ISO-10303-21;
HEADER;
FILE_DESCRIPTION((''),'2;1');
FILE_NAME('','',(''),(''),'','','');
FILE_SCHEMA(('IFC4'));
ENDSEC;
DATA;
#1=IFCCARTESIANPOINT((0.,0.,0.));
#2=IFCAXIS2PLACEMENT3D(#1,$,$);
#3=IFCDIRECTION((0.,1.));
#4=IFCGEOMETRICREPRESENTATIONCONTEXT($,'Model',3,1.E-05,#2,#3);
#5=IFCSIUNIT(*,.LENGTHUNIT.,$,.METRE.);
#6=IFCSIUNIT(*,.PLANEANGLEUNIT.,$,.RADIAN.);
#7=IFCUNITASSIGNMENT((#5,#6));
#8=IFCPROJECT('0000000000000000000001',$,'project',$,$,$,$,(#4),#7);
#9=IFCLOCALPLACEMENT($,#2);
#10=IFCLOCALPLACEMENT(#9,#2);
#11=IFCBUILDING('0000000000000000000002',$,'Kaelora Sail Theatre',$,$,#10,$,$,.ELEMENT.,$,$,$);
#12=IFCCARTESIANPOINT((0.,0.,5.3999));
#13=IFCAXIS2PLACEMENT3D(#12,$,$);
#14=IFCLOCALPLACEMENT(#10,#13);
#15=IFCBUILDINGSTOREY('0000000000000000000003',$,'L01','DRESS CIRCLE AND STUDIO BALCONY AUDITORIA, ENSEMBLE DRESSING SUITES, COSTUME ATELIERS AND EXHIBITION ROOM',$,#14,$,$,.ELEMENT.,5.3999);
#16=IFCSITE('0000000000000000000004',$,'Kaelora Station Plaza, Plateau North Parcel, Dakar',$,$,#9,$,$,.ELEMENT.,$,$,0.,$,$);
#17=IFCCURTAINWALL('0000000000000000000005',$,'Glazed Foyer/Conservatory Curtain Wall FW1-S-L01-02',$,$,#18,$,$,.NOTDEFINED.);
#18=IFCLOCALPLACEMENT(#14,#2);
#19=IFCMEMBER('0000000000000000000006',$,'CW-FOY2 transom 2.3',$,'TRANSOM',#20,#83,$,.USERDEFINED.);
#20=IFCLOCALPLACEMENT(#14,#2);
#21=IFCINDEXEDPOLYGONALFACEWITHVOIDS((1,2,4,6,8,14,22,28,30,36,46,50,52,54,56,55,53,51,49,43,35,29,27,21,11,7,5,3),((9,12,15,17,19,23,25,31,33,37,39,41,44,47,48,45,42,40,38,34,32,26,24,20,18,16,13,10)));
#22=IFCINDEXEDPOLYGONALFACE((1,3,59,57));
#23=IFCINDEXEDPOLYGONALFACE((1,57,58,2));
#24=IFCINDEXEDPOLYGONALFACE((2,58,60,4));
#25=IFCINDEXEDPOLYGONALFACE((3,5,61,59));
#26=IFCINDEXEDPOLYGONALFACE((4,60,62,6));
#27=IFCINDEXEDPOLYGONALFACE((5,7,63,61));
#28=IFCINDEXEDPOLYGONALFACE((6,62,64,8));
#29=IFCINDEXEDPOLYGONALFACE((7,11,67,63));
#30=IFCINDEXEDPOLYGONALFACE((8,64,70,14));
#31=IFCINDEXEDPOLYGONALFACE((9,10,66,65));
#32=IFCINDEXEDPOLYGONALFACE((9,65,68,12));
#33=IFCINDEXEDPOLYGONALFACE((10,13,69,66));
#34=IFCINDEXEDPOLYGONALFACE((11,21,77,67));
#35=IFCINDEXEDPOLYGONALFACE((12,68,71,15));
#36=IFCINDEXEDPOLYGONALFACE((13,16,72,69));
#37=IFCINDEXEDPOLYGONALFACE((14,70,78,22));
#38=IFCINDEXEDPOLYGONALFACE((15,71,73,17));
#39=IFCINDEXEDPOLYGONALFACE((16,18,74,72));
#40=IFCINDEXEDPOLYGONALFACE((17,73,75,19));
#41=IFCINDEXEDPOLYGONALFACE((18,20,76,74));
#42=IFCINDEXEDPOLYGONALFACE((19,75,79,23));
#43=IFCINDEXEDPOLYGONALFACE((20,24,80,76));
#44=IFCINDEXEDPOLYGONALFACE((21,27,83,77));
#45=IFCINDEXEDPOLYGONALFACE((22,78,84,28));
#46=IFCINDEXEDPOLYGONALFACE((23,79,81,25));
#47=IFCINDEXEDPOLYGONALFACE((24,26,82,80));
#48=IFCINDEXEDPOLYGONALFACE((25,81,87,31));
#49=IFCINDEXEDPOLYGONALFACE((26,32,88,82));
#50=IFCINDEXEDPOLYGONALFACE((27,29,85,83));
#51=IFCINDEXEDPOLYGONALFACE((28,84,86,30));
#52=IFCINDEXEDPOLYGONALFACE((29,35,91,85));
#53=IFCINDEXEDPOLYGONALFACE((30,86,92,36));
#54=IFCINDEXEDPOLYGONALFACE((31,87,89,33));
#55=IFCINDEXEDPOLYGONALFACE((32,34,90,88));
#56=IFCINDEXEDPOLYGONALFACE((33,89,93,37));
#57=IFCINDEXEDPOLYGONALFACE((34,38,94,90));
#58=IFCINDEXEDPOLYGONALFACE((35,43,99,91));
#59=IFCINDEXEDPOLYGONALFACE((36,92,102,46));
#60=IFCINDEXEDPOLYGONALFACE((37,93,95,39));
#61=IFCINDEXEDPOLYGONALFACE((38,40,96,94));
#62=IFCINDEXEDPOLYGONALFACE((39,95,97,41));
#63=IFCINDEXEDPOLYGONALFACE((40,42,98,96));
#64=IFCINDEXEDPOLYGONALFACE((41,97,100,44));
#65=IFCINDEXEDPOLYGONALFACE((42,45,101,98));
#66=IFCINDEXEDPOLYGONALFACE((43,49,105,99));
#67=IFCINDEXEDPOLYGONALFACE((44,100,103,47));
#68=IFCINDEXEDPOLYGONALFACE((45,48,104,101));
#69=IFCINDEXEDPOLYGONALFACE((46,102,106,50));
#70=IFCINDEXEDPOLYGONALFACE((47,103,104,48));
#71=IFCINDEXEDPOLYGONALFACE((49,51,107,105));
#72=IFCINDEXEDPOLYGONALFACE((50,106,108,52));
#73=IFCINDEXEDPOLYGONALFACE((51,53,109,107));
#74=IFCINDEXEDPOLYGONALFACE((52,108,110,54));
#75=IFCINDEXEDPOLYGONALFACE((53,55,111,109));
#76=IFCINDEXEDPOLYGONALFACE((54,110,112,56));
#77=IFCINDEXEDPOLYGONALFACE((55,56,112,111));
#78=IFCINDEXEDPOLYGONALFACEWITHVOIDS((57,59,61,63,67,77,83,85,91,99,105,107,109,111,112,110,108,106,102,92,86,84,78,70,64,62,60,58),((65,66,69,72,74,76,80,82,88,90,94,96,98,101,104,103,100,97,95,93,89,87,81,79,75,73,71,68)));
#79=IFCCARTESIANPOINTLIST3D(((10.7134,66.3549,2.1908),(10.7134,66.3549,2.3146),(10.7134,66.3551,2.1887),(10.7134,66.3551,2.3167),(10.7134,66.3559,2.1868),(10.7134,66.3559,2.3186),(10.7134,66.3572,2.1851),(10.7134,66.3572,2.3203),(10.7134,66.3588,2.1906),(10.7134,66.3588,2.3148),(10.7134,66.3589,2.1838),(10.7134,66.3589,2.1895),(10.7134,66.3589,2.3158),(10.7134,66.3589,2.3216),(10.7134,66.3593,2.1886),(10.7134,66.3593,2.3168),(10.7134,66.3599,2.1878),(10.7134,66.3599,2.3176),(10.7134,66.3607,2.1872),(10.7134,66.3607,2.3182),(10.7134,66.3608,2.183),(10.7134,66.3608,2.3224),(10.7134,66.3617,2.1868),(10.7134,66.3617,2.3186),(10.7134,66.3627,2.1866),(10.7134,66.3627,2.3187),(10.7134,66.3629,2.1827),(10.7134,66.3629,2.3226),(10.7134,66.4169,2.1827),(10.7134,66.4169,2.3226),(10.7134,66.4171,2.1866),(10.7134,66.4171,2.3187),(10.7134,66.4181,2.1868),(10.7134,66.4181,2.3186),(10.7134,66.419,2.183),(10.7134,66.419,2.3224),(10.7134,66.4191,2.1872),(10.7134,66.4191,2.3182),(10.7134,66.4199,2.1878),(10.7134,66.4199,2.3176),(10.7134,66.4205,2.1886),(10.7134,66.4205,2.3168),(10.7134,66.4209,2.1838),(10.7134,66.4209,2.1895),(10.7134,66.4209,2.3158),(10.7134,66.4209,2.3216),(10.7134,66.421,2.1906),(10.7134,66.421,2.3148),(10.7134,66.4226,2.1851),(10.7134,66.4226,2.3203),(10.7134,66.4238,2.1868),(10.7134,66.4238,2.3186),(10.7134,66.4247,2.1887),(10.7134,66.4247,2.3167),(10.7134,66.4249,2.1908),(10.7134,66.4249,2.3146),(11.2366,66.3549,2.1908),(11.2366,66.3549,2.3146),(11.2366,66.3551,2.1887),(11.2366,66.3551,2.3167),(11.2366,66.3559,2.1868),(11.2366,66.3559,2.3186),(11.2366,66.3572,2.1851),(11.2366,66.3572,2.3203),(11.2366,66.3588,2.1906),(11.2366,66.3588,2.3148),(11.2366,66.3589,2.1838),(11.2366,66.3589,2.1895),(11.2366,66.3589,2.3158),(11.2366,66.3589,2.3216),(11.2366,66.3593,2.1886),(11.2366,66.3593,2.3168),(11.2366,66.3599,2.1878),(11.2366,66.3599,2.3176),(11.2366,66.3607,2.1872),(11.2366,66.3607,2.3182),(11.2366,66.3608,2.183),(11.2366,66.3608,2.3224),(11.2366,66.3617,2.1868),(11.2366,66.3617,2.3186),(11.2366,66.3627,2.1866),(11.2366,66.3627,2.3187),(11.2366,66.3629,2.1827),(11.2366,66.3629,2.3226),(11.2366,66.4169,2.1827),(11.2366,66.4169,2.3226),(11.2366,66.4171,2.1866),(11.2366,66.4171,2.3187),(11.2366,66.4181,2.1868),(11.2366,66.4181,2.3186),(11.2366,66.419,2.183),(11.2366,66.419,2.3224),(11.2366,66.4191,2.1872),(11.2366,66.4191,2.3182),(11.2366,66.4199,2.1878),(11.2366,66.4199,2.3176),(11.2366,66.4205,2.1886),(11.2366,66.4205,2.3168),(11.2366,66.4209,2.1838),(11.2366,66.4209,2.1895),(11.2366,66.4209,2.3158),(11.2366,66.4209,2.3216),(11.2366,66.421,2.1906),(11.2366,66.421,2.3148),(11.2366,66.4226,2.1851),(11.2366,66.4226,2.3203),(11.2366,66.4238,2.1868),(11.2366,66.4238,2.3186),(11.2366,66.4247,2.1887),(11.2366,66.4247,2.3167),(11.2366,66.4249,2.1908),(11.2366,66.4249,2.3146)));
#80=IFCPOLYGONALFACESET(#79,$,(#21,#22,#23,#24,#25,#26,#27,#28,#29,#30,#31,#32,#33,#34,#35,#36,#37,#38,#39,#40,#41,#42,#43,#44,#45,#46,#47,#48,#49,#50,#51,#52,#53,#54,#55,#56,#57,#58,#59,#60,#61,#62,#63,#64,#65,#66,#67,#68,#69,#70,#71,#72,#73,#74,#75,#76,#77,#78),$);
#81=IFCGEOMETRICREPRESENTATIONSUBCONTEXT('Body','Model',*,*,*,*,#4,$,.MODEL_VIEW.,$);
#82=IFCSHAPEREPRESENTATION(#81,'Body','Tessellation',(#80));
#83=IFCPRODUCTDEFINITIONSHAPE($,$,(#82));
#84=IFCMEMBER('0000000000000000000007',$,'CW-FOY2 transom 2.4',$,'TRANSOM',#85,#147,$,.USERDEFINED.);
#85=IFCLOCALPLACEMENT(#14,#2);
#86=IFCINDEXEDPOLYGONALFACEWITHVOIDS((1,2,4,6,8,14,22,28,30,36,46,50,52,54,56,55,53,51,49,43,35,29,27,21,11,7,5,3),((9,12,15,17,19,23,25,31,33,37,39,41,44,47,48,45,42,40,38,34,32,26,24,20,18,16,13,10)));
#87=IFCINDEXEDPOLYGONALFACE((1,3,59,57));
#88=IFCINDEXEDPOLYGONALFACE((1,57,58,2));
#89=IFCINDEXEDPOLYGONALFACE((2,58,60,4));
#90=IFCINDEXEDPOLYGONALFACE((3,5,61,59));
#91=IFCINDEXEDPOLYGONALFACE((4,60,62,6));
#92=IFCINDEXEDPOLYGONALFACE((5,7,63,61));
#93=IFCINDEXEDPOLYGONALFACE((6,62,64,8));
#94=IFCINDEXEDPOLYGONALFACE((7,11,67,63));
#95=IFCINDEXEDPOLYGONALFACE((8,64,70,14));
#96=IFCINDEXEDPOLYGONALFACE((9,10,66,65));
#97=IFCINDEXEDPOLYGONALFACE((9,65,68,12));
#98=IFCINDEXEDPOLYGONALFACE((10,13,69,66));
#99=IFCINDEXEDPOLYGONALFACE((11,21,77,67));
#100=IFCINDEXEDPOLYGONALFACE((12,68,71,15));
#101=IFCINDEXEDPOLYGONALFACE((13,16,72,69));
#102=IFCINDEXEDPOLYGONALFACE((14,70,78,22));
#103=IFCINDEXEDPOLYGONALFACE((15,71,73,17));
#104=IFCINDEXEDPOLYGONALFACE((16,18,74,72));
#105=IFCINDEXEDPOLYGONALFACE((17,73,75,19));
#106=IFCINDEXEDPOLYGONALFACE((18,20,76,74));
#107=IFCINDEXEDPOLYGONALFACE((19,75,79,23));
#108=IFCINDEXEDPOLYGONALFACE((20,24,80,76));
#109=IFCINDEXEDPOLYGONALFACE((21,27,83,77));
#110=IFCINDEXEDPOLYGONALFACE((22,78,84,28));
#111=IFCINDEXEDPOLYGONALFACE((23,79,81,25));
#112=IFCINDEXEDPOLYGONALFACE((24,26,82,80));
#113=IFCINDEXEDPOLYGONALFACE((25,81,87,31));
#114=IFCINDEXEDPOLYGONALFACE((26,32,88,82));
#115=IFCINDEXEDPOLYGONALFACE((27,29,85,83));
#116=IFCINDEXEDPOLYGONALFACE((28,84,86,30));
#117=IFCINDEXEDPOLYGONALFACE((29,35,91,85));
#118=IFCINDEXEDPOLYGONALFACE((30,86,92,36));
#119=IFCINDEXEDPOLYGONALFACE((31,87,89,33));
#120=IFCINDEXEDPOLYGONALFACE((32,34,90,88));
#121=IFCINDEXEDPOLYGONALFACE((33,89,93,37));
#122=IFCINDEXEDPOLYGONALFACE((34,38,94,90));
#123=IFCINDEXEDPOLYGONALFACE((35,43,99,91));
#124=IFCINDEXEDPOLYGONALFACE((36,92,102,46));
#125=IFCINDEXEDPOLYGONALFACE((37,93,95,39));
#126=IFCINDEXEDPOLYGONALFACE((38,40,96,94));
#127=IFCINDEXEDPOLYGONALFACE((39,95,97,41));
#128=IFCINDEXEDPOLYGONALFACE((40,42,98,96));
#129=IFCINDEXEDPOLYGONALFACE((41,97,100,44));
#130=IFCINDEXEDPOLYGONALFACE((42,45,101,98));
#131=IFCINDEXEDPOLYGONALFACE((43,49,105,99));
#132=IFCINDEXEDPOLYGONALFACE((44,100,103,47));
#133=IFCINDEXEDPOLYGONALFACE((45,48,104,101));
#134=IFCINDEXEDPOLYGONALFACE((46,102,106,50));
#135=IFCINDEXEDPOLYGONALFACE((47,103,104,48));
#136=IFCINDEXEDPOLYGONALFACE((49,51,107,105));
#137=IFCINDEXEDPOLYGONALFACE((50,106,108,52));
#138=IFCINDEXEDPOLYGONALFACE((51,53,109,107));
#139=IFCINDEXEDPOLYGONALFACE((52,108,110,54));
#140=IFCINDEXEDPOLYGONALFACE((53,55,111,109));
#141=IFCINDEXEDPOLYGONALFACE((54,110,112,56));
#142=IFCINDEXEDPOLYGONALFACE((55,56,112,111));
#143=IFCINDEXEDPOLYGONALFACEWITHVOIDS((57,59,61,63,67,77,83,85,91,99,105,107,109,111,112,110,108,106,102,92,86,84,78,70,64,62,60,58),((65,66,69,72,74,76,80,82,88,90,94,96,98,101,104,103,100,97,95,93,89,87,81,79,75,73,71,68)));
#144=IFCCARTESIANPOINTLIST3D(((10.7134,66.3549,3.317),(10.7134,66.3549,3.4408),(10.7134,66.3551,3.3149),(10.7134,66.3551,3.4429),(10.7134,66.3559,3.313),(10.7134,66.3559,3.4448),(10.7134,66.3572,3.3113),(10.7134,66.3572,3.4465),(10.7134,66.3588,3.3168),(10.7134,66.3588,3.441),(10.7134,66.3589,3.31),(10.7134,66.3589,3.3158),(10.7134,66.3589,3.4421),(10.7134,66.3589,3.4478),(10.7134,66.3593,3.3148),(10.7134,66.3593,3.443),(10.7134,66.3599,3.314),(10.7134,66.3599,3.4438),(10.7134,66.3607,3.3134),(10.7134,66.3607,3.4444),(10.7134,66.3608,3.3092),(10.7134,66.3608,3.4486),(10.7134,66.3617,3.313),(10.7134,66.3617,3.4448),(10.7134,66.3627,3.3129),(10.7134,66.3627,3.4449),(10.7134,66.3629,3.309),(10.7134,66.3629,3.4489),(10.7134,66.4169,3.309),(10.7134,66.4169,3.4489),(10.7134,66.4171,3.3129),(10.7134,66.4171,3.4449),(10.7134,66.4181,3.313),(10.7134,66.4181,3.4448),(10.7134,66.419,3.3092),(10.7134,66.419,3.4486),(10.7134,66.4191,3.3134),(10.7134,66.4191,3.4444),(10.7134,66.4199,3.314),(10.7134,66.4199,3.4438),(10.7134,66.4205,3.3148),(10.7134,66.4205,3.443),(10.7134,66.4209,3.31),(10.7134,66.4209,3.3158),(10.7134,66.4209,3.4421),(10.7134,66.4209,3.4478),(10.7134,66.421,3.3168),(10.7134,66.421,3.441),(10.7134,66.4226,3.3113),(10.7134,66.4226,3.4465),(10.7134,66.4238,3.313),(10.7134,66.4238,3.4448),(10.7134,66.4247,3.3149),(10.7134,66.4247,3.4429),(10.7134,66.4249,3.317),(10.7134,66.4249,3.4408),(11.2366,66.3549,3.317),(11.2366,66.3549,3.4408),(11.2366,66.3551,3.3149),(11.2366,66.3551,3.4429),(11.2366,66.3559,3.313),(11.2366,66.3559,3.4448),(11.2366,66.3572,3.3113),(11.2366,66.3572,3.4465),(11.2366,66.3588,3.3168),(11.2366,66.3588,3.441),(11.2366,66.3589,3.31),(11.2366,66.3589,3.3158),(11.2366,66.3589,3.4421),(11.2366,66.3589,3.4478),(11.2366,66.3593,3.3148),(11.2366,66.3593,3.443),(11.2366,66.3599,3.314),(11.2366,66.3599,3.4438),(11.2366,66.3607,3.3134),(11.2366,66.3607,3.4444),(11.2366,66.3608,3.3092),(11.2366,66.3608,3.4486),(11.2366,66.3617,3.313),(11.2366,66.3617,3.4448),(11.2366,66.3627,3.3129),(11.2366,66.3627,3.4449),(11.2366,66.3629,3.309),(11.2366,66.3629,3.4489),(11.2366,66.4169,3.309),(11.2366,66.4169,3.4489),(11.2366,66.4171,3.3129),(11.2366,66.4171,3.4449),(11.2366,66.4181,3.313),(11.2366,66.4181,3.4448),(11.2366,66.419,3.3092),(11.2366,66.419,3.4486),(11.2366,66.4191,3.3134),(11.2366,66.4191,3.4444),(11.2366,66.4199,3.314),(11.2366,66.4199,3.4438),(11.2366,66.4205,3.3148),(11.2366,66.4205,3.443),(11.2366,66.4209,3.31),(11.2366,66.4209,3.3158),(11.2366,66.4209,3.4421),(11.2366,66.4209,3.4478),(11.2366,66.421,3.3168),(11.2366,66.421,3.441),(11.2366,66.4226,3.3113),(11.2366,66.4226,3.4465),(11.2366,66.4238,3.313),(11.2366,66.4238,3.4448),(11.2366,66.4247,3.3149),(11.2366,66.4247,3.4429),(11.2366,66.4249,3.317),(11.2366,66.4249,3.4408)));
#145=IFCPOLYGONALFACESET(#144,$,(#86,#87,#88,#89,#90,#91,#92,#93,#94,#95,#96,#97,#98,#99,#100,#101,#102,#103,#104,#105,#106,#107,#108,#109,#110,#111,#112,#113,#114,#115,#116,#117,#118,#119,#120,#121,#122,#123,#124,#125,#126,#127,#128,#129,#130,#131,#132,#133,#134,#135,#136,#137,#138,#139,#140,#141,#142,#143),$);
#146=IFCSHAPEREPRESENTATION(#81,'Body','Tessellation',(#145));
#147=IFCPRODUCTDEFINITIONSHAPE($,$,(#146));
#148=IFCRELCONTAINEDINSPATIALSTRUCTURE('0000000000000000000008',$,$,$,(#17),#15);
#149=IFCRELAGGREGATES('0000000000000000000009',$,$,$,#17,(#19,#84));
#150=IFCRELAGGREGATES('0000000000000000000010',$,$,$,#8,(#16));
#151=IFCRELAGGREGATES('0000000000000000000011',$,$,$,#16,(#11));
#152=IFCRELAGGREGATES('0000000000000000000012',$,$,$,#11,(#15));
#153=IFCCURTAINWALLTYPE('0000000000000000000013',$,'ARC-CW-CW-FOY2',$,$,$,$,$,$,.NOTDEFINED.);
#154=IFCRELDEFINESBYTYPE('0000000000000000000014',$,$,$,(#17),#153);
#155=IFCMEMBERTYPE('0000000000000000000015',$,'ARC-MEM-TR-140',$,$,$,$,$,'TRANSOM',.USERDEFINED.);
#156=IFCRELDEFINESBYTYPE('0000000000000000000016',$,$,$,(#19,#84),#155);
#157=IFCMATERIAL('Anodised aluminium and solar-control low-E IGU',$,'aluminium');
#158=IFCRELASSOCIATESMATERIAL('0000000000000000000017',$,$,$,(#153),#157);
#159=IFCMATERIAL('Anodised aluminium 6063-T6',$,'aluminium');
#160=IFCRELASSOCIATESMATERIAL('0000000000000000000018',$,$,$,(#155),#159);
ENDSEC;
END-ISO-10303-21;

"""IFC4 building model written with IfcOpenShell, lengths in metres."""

from ifc_helpers import new_model, si_unit, direction, frame, origin, origin_2d, place, context, subcontext, project, spatial, hollow_rectangle, extrude, material, material_profile, profile_set, type_object, element, aggregate, save


model = new_model("IFC4")

# Units and contexts
model_context = context("Model", 3, precision=1e-05, world=origin(), true_north=direction((0.0, 1.0)))
body_context = subcontext(model_context, "Body", "Model", "MODEL_VIEW")
ifc_project = project(units=[si_unit("LENGTHUNIT", "METRE"), si_unit("PLANEANGLEUNIT", "RADIAN")], contexts=[model_context])

# Site, building, storey
site_placement = place(None, origin())
site = spatial("IfcSite", under=ifc_project, at=site_placement, Name="Kaelora Station Plaza, Plateau North Parcel, Dakar", CompositionType="ELEMENT", RefElevation=0.0)
building_placement = place(site_placement, origin())
building = spatial("IfcBuilding", under=site, at=building_placement, Name="Kaelora Sail Theatre", CompositionType="ELEMENT")
storey_placement = place(building_placement, frame((0.0, 0.0, 5.3999)))
storey = spatial("IfcBuildingStorey", under=building, at=storey_placement, Name="L01", Description="DRESS CIRCLE AND STUDIO BALCONY AUDITORIA, ENSEMBLE DRESSING SUITES, COSTUME ATELIERS AND EXHIBITION ROOM", CompositionType="ELEMENT", Elevation=5.3999)

# Curtain wall, members
ifc_material_1 = material(Name="Anodised aluminium and solar-control low-E IGU", Category="aluminium")
curtain_wall_type = type_object("IfcCurtainWallType", Name="ARC-CW-CW-FOY2", PredefinedType="NOTDEFINED", material=ifc_material_1)
curtain_wall_placement = place(storey_placement, origin())
curtain_wall = element("IfcCurtainWall", 1, at=curtain_wall_placement, inside=storey, type_object=curtain_wall_type, Name="Glazed Foyer/Conservatory Curtain Wall FW1-S-L01-02", PredefinedType="NOTDEFINED")
ifc_material_2 = material(Name="Anodised aluminium 6063-T6", Category="aluminium")
ifc_material_profile_1 = material_profile(ifc_material_2, hollow_rectangle(XDim=0.0701, YDim=0.1399, WallThickness=0.0039, InnerFilletRadius=0.0039, OuterFilletRadius=0.0081, at=origin_2d()), Name="ALU-TRAN 70x140x4")
ifc_profile_set_1 = profile_set([ifc_material_profile_1], Name="Anodised aluminium 6063-T6")
member_type_1 = type_object("IfcMemberType", Name="ARC-MEM-TR-140", ElementType="TRANSOM", PredefinedType="USERDEFINED", material=ifc_profile_set_1)
member_1_placement = place(storey_placement, frame((10.7134, 66.3899, 2.2527), z_axis=(1.0, 0.0, 0.0), x_axis=(0.0, 1.0, 0.0)))
member_1 = element("IfcMember", 2, at=member_1_placement, type_object=member_type_1, Name="CW-FOY2 transom 2.3", ObjectType="TRANSOM", PredefinedType="USERDEFINED", context=body_context, shape_type="SweptSolid", body=[
    extrude(hollow_rectangle(XDim=0.0701, YDim=0.1399, WallThickness=0.0039, InnerFilletRadius=0.0039, OuterFilletRadius=0.0081, at=origin_2d()), origin(), (0.0, 0.0, 1.0), 0.5232),
])
member_2_placement = place(storey_placement, frame((10.7134, 66.3899, 3.3789), z_axis=(1.0, 0.0, 0.0), x_axis=(0.0, 1.0, 0.0)))
member_2 = element("IfcMember", 3, at=member_2_placement, type_object=member_type_1, Name="CW-FOY2 transom 2.4", ObjectType="TRANSOM", PredefinedType="USERDEFINED", context=body_context, shape_type="SweptSolid", body=[
    extrude(hollow_rectangle(XDim=0.0701, YDim=0.1399, WallThickness=0.0039, InnerFilletRadius=0.0039, OuterFilletRadius=0.0081, at=origin_2d()), origin(), (0.0, 0.0, 1.0), 0.5232),
])

aggregate(curtain_wall, [member_1, member_2])

save(model, "model.ifc")
